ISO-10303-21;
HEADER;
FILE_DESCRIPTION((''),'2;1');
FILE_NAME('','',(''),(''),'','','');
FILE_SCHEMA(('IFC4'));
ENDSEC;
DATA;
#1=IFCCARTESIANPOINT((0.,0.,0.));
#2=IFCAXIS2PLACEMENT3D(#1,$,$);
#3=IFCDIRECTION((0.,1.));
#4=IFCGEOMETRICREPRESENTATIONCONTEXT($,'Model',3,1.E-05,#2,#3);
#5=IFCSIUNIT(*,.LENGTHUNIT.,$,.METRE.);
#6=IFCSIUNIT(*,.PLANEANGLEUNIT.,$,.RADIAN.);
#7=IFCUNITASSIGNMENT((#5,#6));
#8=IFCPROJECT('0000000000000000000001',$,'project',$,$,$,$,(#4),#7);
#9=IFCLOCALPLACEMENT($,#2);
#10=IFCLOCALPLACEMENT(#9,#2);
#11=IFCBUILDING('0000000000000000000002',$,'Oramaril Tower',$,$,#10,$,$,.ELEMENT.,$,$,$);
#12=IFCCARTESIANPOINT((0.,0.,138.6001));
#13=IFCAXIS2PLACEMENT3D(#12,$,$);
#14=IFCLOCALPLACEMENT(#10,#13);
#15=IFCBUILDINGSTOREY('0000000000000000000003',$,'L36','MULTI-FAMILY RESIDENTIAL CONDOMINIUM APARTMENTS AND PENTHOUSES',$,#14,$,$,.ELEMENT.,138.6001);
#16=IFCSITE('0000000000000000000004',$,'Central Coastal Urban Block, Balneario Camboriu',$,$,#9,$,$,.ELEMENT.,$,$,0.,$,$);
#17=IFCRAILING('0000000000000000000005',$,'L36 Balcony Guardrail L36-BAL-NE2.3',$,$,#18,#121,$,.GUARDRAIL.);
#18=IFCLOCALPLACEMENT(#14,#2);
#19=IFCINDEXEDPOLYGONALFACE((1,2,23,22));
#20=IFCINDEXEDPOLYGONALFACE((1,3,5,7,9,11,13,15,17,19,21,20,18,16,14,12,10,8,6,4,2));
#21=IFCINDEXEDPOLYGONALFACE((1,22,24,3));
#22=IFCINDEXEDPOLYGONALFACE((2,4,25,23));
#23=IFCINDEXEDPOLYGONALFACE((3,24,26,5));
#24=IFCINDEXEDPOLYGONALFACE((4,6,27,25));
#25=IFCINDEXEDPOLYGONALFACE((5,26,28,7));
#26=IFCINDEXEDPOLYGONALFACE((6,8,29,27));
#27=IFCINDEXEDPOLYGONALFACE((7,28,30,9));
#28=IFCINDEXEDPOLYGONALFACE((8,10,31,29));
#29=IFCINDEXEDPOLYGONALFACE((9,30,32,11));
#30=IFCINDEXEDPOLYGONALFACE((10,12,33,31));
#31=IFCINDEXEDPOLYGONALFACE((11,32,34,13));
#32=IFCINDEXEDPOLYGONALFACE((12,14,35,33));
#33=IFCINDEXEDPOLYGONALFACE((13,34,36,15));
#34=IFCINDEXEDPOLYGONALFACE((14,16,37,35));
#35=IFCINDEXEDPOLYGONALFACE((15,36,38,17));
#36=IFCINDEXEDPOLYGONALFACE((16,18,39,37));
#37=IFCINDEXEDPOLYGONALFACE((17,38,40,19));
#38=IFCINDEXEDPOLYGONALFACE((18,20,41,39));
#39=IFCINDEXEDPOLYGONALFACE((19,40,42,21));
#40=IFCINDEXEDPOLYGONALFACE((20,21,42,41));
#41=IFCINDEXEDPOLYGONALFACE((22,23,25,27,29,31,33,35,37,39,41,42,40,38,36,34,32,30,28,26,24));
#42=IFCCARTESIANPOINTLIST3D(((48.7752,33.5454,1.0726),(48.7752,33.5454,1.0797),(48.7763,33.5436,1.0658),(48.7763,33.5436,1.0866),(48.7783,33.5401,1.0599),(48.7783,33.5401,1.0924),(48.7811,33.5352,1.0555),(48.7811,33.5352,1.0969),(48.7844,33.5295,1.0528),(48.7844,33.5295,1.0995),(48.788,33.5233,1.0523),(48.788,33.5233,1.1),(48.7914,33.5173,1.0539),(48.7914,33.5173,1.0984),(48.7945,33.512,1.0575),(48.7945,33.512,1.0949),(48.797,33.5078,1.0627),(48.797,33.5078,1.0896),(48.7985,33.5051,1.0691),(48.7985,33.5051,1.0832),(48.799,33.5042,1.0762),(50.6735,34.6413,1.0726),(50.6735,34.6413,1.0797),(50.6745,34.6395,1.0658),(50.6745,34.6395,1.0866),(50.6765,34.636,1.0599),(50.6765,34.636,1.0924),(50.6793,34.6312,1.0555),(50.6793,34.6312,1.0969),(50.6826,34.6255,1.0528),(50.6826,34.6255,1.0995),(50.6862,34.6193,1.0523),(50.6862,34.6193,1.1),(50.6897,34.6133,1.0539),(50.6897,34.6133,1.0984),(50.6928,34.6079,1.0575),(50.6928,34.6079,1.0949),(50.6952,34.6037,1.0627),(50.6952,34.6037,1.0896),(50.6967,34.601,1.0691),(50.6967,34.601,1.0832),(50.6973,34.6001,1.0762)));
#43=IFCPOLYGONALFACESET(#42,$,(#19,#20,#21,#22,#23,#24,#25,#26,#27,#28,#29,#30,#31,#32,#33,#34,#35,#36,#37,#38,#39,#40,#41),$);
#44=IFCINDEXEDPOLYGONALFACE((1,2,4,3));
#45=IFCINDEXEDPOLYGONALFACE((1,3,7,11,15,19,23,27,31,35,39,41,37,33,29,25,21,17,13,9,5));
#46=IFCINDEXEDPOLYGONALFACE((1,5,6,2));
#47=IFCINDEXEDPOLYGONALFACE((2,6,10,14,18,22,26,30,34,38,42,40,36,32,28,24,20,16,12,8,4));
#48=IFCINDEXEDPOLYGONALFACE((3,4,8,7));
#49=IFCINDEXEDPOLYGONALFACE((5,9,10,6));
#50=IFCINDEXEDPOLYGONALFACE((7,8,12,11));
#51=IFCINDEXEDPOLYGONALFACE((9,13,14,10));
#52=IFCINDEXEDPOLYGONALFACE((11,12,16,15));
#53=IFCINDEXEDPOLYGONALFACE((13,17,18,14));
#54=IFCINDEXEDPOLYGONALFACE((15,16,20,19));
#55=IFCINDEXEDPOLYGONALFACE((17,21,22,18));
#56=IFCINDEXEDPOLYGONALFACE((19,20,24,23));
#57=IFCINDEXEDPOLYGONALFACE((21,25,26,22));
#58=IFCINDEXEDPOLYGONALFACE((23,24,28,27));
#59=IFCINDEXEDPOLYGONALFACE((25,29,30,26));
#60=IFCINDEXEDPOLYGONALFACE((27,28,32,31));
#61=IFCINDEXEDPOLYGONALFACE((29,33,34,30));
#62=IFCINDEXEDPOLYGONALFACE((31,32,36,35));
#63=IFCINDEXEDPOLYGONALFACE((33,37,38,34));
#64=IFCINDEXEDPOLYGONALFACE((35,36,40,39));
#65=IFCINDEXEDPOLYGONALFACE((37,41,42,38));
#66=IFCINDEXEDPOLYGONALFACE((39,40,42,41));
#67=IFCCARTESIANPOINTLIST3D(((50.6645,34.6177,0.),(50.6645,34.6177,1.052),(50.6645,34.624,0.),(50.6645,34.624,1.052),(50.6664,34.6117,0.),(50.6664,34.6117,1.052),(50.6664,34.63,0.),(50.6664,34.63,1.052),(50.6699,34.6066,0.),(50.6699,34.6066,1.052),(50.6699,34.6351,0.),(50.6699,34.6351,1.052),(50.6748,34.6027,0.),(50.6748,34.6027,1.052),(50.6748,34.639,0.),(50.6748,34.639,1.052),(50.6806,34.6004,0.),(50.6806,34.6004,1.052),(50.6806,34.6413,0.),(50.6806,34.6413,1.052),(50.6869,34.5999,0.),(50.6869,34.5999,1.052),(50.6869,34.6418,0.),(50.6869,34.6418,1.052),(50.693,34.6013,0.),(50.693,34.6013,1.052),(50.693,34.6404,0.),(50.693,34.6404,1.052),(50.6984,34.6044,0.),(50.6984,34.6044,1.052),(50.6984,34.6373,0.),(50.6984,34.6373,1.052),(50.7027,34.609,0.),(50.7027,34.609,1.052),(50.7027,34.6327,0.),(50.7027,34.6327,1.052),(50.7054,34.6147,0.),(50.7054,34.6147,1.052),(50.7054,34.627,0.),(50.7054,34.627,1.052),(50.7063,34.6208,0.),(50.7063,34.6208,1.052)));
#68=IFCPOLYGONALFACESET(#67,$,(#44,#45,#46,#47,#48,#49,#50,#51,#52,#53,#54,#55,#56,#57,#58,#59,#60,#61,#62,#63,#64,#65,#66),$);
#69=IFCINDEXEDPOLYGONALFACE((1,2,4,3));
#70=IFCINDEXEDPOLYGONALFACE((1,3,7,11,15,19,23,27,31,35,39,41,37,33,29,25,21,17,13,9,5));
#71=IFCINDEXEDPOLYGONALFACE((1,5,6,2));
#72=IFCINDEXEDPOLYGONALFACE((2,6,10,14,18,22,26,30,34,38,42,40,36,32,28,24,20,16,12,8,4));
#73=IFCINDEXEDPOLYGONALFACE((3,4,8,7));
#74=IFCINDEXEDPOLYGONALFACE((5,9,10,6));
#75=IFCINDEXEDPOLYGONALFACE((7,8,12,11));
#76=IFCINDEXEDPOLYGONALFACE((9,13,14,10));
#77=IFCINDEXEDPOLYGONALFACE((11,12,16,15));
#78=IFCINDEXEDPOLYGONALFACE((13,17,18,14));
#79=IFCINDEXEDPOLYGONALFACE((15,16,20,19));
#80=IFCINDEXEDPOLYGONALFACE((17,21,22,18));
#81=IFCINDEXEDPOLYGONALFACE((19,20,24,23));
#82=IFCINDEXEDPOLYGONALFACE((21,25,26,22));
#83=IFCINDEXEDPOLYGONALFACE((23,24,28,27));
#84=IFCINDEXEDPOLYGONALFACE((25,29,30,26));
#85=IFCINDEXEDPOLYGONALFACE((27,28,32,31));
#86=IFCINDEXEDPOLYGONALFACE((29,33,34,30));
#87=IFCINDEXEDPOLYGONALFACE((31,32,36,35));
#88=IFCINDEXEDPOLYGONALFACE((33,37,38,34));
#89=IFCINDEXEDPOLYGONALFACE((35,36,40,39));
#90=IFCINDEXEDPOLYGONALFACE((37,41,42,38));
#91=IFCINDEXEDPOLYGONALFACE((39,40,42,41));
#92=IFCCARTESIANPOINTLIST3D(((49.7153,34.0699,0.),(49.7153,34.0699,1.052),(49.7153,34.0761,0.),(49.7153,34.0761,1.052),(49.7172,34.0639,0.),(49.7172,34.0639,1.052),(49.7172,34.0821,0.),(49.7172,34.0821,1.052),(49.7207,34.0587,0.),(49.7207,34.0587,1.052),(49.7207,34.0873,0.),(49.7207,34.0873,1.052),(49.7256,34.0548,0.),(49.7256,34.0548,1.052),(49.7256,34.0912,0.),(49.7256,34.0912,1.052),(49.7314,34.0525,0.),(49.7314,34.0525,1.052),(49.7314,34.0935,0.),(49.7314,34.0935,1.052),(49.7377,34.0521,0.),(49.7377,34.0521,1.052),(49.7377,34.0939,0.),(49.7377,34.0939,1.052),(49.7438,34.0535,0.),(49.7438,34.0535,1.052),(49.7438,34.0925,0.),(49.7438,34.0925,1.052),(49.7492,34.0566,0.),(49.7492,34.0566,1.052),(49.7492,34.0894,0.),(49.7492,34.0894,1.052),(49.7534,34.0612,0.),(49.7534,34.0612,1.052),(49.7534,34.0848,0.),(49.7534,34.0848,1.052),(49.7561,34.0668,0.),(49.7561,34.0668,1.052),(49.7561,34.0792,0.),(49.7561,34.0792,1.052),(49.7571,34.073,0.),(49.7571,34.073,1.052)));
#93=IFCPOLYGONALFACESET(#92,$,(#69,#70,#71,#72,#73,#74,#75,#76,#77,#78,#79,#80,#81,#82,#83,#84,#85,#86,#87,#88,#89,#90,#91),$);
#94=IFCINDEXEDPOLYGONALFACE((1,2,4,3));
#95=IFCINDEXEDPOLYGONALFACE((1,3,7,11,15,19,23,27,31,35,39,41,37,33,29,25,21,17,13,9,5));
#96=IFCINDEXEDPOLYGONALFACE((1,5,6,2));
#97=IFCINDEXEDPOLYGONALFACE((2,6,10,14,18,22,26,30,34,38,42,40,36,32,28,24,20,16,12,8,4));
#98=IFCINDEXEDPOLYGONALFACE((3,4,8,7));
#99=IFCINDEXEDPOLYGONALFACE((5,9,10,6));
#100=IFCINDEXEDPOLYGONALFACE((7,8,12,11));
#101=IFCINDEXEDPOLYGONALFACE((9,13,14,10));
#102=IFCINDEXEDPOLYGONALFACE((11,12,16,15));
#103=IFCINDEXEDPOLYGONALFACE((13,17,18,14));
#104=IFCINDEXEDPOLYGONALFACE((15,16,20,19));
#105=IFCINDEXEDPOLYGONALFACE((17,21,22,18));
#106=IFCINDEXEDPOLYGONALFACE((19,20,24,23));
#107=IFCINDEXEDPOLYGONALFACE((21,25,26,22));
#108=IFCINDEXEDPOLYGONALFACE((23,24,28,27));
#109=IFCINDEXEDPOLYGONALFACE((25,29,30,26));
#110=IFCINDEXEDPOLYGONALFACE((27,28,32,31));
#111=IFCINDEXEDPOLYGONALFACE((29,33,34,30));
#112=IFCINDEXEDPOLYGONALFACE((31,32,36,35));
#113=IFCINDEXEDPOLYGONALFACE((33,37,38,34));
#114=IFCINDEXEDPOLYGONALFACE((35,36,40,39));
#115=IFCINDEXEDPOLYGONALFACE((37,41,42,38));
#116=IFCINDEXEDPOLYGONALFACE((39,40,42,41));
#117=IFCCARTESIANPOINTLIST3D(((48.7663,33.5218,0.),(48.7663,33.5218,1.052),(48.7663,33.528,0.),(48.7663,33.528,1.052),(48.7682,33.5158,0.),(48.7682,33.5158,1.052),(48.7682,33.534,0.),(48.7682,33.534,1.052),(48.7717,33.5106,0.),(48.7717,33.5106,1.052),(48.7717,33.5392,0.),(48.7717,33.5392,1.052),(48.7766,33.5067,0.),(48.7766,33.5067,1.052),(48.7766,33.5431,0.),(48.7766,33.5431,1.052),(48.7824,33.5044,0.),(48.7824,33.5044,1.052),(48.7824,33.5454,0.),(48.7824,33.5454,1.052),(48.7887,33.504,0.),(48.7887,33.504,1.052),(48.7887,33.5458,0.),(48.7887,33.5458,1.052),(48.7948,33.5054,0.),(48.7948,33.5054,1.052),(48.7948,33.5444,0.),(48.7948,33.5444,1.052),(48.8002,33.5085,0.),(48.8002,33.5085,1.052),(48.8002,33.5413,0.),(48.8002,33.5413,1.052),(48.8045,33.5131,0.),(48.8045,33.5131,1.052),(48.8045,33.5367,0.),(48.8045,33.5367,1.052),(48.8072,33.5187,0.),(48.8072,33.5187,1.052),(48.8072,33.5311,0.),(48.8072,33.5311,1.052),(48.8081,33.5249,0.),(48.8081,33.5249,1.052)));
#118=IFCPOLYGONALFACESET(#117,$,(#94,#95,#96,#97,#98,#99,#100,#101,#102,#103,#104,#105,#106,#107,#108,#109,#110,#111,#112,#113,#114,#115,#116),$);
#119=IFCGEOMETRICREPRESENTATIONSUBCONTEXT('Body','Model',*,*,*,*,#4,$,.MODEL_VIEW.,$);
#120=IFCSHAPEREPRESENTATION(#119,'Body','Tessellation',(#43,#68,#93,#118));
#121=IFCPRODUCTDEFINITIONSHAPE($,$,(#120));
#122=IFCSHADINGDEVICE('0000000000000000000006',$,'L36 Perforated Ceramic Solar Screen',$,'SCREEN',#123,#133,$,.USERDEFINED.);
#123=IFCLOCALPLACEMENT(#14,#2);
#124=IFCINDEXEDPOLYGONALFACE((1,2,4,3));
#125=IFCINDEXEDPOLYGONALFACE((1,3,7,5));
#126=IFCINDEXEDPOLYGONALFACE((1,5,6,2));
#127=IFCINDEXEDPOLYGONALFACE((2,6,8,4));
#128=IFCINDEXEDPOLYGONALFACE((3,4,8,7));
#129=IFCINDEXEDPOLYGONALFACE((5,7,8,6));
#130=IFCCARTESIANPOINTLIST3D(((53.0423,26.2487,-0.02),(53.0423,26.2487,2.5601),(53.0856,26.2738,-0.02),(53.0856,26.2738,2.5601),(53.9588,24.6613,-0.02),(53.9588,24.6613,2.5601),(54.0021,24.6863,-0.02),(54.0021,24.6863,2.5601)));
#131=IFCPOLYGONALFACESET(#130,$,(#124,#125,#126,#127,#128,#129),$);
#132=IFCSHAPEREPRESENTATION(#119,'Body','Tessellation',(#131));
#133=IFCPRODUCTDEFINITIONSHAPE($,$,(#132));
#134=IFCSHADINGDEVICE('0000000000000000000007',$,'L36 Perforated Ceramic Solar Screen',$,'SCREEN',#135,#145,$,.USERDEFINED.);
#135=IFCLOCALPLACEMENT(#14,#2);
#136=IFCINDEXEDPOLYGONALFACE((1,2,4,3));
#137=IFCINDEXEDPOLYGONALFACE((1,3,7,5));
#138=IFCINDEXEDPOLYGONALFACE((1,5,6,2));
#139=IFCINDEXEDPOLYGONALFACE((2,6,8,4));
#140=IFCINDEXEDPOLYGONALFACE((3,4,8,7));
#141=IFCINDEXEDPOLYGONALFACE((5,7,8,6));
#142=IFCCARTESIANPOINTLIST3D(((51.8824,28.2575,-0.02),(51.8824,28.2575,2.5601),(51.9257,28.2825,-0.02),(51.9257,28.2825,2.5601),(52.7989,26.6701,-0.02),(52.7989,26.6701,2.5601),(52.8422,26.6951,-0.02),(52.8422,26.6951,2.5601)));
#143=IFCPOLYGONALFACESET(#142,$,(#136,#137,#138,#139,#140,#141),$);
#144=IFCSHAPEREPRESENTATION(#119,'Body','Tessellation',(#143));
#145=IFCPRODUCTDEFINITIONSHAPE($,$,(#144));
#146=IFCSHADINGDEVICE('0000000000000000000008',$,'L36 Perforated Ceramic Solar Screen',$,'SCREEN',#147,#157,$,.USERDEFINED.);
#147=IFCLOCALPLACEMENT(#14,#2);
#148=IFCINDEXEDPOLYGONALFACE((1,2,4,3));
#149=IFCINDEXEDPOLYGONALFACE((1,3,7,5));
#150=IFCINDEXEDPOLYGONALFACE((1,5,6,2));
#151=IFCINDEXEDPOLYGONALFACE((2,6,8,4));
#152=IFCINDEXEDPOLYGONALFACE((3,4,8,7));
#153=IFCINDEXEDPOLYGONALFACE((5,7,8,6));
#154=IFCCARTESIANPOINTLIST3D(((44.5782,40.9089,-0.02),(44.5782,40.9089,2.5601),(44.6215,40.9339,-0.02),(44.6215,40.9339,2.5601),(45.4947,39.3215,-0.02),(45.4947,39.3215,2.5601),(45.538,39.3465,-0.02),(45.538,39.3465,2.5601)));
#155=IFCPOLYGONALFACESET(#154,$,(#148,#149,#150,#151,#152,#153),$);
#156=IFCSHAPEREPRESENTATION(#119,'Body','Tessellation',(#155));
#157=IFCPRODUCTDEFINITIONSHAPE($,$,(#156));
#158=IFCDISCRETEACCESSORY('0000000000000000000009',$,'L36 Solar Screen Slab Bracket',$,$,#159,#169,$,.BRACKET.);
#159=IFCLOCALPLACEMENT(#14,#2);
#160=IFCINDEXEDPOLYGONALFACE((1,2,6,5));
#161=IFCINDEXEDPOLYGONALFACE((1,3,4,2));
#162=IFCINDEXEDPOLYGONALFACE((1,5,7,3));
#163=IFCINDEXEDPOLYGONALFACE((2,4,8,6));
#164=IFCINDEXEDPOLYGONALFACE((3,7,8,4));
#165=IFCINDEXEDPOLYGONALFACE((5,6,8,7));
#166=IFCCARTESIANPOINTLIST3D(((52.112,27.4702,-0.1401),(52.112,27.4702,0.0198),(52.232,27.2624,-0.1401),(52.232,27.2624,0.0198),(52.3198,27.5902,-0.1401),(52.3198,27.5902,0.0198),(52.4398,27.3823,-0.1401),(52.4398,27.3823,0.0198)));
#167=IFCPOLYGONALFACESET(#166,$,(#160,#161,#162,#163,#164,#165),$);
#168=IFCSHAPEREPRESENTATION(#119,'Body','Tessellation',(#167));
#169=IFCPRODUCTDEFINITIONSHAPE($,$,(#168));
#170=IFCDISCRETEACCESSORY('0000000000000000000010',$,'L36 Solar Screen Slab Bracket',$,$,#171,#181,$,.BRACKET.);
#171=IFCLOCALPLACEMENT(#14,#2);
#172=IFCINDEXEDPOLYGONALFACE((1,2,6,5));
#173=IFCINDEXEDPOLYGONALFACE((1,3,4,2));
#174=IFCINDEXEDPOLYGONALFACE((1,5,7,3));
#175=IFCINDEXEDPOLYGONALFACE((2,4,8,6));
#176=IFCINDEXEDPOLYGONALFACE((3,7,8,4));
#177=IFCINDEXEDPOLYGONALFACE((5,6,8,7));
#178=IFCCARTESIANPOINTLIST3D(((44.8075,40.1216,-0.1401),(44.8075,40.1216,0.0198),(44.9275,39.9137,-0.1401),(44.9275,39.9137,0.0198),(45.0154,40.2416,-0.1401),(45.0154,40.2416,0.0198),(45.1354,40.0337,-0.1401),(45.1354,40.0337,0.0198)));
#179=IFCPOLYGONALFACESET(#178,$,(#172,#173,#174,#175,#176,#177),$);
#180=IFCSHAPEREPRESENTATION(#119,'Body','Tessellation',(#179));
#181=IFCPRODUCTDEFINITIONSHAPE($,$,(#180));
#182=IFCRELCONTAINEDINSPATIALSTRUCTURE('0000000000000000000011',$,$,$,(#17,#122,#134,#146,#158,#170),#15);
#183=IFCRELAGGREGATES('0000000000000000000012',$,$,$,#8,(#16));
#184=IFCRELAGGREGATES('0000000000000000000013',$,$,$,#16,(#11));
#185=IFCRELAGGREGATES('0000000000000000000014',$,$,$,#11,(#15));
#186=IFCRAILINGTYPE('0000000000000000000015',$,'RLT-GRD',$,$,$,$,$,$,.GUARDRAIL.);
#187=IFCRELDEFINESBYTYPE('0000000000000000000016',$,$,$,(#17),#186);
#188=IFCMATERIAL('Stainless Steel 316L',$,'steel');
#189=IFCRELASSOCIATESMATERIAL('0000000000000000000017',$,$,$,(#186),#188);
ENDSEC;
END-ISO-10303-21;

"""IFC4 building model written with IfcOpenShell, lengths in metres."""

from ifc_helpers import new_model, si_unit, direction, frame, origin, origin_2d, place, context, subcontext, project, spatial, rectangle, circle, extrude, material, type_object, element, save


model = new_model("IFC4")

# Units and contexts
model_context = context("Model", 3, precision=1e-05, world=origin(), true_north=direction((0.0, 1.0)))
body_context = subcontext(model_context, "Body", "Model", "MODEL_VIEW")
ifc_project = project(units=[si_unit("LENGTHUNIT", "METRE"), si_unit("PLANEANGLEUNIT", "RADIAN")], contexts=[model_context])

# Site, building, storey
site_placement = place(None, origin())
site = spatial("IfcSite", under=ifc_project, at=site_placement, Name="Central Coastal Urban Block, Balneario Camboriu", CompositionType="ELEMENT", RefElevation=0.0)
building_placement = place(site_placement, origin())
building = spatial("IfcBuilding", under=site, at=building_placement, Name="Oramaril Tower", CompositionType="ELEMENT")
storey_placement = place(building_placement, frame((0.0, 0.0, 138.6001)))
storey = spatial("IfcBuildingStorey", under=building, at=storey_placement, Name="L36", Description="MULTI-FAMILY RESIDENTIAL CONDOMINIUM APARTMENTS AND PENTHOUSES", CompositionType="ELEMENT", Elevation=138.6001)

# Railing
ifc_material_1 = material(Name="Stainless Steel 316L", Category="steel")
railing_type = type_object("IfcRailingType", Name="RLT-GRD", PredefinedType="GUARDRAIL", material=ifc_material_1)
railing_1_placement = place(storey_placement, frame((50.6853, 34.6208, 0.0)))
element("IfcRailing", 1, at=railing_1_placement, inside=storey, type_object=railing_type, Name="L36 Balcony Guardrail L36-BAL-NE2.3", PredefinedType="GUARDRAIL", context=body_context, shape_type="SweptSolid", body=[
    extrude(circle(Radius=0.0239, at=origin_2d()), frame((0.0, 0.0, 1.0762), z_axis=(-0.866021, -0.500008, 0.0), x_axis=(0.500008, -0.866021, 0.0)), (0.0, 0.0, 1.0), 2.1919),
    extrude(circle(Radius=0.021, at=origin_2d()), origin(), (0.0, 0.0, 1.0), 1.052),
    extrude(circle(Radius=0.021, at=origin_2d()), frame((-0.9492, -0.5479, 0.0)), (0.0, 0.0, 1.0), 1.052),
    extrude(circle(Radius=0.021, at=origin_2d()), frame((-1.8982, -1.0959, 0.0)), (0.0, 0.0, 1.0), 1.052),
])

# Shading devices
for number, where, z_axis, x_axis, name in (
    (2, (53.5222, 25.4675, -0.02), (0.0, 0.0, 1.0), (-0.5, 0.866025, 0.0), "L36 Perforated Ceramic Solar Screen"),
    (3, (52.3623, 27.4763, -0.02), (0.0, 0.0, 1.0), (-0.5, 0.866025, 0.0), "L36 Perforated Ceramic Solar Screen"),
    (4, (45.0581, 40.1277, -0.02), (0.0, 0.0, 1.0), (-0.5, 0.866025, 0.0), "L36 Perforated Ceramic Solar Screen"),
):
    element("IfcShadingDevice", number, at=place(storey_placement, frame(where, z_axis=z_axis, x_axis=x_axis)), inside=storey, Name=name, ObjectType="SCREEN", PredefinedType="USERDEFINED", context=body_context, shape_type="SweptSolid", body=[
        extrude(rectangle(XDim=1.833, YDim=0.05, at=origin_2d()), origin(), (0.0, 0.0, 1.0), 2.5801),
    ])

# Discrete accessories
for number, where, z_axis, x_axis, name in (
    (5, (52.2759, 27.4263, -0.1401), (0.0, 0.0, 1.0), (-0.5, 0.866025, 0.0), "L36 Solar Screen Slab Bracket"),
    (6, (44.9714, 40.0776, -0.1401), (0.0, 0.0, 1.0), (-0.5, 0.866025, 0.0), "L36 Solar Screen Slab Bracket"),
):
    element("IfcDiscreteAccessory", number, at=place(storey_placement, frame(where, z_axis=z_axis, x_axis=x_axis)), inside=storey, Name=name, PredefinedType="BRACKET", context=body_context, shape_type="SweptSolid", body=[
        extrude(rectangle(XDim=0.24, YDim=0.24, at=origin_2d()), origin(), (0.0, 0.0, 1.0), 0.1599),
    ])

save(model, "model.ifc")
